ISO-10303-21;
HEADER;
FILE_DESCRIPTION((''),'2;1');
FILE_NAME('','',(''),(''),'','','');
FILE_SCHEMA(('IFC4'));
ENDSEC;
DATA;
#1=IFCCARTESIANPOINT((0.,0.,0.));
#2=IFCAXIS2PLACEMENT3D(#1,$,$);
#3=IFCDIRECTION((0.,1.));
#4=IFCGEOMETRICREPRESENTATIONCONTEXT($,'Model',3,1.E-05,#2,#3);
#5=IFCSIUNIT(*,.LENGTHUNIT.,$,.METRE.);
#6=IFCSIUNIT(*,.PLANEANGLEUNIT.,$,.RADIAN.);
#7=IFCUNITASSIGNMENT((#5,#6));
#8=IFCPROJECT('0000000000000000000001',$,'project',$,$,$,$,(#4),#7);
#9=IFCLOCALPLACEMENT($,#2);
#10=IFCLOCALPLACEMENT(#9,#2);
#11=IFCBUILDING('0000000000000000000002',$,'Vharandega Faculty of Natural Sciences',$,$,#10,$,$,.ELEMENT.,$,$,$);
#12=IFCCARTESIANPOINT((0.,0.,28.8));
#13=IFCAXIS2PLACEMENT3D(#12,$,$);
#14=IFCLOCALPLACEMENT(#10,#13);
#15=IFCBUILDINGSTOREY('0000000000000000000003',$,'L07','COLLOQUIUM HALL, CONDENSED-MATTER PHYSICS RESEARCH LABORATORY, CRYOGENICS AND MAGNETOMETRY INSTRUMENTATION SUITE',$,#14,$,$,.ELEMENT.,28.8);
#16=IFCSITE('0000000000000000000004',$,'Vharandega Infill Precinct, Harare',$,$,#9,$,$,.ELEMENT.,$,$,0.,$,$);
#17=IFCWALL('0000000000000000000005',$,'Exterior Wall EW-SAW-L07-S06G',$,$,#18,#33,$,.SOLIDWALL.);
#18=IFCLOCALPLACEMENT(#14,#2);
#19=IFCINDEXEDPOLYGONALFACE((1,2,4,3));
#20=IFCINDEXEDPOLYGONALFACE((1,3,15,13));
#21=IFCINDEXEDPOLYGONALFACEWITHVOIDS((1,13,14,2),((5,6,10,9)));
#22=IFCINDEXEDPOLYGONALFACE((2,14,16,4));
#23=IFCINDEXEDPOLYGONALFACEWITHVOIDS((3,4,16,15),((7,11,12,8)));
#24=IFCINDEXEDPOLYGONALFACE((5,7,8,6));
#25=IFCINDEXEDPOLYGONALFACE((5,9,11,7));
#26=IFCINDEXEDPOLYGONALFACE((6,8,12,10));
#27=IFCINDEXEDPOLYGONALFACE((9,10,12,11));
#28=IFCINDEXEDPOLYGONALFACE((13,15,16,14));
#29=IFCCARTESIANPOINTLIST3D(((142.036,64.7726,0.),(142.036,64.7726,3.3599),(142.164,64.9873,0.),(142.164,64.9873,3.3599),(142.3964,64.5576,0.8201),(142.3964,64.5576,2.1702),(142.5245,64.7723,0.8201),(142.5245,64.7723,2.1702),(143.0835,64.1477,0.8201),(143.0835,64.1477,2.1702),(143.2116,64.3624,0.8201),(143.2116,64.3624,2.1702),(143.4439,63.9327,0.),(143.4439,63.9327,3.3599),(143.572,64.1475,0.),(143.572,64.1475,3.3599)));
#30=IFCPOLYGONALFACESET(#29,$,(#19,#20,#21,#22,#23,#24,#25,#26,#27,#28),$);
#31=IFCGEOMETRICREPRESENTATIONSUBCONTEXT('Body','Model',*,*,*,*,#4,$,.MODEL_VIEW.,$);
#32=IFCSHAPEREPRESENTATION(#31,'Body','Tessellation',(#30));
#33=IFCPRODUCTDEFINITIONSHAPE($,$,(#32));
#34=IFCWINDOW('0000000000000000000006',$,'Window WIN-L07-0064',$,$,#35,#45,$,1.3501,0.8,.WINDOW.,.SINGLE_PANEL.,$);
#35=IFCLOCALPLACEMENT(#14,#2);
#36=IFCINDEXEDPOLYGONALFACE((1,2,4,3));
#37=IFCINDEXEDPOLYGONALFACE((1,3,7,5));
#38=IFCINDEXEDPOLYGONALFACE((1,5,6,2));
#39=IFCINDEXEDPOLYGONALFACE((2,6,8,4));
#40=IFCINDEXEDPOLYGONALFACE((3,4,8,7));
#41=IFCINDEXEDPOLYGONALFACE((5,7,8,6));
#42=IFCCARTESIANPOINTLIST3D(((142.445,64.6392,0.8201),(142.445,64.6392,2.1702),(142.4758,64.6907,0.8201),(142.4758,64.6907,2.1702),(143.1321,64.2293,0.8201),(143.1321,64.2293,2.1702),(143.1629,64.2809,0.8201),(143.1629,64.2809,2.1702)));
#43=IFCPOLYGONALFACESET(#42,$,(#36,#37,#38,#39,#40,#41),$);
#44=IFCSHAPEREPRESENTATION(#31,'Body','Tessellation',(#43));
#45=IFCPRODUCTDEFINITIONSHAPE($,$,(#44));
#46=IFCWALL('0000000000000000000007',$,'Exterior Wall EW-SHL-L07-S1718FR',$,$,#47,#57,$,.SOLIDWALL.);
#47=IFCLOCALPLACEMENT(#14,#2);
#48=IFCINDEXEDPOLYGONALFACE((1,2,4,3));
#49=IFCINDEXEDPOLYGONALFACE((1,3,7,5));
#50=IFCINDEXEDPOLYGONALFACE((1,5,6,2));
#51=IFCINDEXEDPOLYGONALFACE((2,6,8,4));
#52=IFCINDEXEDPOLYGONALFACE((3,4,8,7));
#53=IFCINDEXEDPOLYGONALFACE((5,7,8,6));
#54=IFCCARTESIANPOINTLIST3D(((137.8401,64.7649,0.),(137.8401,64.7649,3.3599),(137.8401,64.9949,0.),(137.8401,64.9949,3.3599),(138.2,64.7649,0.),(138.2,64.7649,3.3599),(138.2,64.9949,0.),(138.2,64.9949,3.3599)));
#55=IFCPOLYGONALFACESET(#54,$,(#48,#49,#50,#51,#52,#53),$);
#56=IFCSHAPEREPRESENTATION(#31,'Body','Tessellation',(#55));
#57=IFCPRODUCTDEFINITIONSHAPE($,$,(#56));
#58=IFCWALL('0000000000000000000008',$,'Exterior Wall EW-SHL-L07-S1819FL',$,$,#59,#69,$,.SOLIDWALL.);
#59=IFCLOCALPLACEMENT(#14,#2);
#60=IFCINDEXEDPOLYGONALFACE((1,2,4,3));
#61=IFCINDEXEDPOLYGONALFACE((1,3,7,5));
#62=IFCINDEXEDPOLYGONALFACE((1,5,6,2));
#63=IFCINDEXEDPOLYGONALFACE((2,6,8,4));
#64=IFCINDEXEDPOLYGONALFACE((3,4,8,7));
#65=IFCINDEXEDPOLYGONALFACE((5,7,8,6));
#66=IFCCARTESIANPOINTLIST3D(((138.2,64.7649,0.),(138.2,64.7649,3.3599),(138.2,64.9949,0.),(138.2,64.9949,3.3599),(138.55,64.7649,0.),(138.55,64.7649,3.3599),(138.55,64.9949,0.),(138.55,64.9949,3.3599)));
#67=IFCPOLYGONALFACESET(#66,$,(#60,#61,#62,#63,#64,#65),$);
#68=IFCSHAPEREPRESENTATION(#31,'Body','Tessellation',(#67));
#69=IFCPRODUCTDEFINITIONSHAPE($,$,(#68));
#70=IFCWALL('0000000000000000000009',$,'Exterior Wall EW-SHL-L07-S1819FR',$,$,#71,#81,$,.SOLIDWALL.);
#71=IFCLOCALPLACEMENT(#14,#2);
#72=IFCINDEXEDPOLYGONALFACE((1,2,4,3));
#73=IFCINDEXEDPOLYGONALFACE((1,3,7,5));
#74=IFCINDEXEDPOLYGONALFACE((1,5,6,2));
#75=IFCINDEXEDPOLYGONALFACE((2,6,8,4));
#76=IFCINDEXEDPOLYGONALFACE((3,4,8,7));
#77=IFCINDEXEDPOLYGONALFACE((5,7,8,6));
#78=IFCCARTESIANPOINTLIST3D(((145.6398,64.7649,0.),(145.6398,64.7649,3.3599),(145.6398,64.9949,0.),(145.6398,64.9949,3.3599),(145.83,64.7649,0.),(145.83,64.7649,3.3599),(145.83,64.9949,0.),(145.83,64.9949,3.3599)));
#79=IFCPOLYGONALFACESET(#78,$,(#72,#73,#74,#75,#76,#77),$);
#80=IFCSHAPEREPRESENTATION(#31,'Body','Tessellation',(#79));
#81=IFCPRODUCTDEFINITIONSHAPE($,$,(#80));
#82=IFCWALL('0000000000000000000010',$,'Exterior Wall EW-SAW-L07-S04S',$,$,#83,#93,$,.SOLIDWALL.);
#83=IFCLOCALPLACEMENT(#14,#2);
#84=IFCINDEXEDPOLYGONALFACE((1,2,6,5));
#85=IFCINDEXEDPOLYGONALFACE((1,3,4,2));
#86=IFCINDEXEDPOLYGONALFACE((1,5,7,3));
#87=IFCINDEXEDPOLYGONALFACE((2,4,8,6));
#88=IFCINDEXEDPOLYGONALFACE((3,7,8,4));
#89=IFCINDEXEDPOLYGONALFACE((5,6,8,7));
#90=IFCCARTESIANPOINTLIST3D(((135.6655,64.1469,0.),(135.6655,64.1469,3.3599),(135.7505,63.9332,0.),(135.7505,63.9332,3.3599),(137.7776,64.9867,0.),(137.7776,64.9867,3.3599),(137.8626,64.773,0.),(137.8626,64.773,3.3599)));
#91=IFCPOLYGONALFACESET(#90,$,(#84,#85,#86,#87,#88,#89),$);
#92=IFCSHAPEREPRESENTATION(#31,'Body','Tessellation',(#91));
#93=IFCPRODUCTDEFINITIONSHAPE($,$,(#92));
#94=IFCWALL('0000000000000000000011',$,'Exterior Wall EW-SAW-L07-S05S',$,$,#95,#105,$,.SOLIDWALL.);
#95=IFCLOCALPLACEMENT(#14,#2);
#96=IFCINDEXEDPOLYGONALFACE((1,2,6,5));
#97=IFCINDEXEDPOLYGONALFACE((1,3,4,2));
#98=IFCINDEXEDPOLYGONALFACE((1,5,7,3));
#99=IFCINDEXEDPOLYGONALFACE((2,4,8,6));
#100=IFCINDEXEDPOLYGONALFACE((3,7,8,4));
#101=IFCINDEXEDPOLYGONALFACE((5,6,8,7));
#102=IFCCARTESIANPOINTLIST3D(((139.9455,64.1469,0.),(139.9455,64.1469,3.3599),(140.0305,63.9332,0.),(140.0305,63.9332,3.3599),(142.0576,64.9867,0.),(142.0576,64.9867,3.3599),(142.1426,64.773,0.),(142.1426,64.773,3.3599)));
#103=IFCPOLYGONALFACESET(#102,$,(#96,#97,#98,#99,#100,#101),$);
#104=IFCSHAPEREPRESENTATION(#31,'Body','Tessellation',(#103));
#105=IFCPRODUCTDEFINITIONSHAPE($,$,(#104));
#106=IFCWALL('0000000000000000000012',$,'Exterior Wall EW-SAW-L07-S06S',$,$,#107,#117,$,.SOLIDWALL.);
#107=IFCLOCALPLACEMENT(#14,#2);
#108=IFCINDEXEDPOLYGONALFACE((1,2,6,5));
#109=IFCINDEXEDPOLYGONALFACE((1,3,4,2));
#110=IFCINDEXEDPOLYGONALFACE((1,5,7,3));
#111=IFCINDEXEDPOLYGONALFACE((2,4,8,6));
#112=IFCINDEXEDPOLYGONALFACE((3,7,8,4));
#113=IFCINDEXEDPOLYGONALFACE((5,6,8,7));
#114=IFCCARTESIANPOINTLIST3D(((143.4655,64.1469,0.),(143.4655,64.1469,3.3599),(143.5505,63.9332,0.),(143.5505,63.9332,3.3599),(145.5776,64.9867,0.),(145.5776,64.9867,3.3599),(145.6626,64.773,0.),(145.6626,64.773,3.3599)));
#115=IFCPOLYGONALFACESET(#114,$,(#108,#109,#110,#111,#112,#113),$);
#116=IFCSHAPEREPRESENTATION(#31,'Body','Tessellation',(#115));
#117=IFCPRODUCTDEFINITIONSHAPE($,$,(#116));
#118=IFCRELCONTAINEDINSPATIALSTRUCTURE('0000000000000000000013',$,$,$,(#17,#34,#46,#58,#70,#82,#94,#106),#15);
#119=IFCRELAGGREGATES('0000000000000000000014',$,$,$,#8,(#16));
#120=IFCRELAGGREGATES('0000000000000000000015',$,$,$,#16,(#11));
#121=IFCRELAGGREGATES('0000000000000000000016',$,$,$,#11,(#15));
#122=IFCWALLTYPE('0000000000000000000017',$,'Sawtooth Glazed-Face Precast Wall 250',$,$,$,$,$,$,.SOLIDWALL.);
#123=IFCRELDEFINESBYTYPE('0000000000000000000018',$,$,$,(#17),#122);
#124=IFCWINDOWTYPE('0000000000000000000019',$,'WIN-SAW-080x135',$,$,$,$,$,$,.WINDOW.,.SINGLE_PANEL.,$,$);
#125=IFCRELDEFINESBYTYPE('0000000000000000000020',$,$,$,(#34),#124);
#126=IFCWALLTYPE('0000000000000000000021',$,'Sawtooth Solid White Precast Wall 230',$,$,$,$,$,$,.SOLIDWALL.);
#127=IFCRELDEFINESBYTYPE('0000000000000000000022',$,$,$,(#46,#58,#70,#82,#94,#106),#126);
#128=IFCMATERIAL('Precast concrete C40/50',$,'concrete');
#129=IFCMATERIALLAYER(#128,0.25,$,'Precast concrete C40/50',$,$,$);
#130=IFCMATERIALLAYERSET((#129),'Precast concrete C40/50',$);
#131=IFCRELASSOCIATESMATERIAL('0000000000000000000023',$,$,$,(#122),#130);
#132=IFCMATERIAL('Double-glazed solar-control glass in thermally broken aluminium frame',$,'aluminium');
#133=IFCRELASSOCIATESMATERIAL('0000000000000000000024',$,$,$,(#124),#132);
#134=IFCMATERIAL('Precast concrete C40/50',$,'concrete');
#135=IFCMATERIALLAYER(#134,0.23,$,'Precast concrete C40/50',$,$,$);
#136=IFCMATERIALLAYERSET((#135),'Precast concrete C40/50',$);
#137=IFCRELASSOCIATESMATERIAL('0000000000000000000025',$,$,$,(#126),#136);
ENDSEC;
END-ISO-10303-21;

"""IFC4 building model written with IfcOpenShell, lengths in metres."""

from ifc_helpers import new_model, si_unit, direction, frame, frame_2d, origin, place, context, subcontext, project, spatial, rectangle, extrude, material, layer, layer_set, type_object, element, fill, save


model = new_model("IFC4")

# Units and contexts
model_context = context("Model", 3, precision=1e-05, world=origin(), true_north=direction((0.0, 1.0)))
body_context = subcontext(model_context, "Body", "Model", "MODEL_VIEW")
ifc_project = project(units=[si_unit("LENGTHUNIT", "METRE"), si_unit("PLANEANGLEUNIT", "RADIAN")], contexts=[model_context])

# Site, building, storey
site_placement = place(None, origin())
site = spatial("IfcSite", under=ifc_project, at=site_placement, Name="Vharandega Infill Precinct, Harare", CompositionType="ELEMENT", RefElevation=0.0)
building_placement = place(site_placement, origin())
building = spatial("IfcBuilding", under=site, at=building_placement, Name="Vharandega Faculty of Natural Sciences", CompositionType="ELEMENT")
storey_placement = place(building_placement, frame((0.0, 0.0, 28.8)))
storey = spatial("IfcBuildingStorey", under=building, at=storey_placement, Name="L07", Description="COLLOQUIUM HALL, CONDENSED-MATTER PHYSICS RESEARCH LABORATORY, CRYOGENICS AND MAGNETOMETRY INSTRUMENTATION SUITE", CompositionType="ELEMENT", Elevation=28.8)

# Wall, opening, window
ifc_material_1 = material(Name="Precast concrete C40/50", Category="concrete")
ifc_layer_1 = layer(ifc_material_1, 0.25, Name="Precast concrete C40/50")
ifc_layer_set_1 = layer_set([ifc_layer_1], Name="Precast concrete C40/50")
wall_type_1 = type_object("IfcWallType", Name="Sawtooth Glazed-Face Precast Wall 250", PredefinedType="SOLIDWALL", material=ifc_layer_set_1)
wall_1_placement = place(storey_placement, frame((143.5081, 64.04, 0.0), z_axis=(0.0, 0.0, 1.0), x_axis=(-0.858817, 0.512282, 0.0)))
wall_1 = element("IfcWall", 1, at=wall_1_placement, inside=storey, type_object=wall_type_1, Name="Exterior Wall EW-SAW-L07-S06G", PredefinedType="SOLIDWALL", context=body_context, shape_type="SweptSolid", body=[
    extrude(rectangle(XDim=1.6394, YDim=0.25, at=frame_2d((0.8198, 0.0))), origin(), (0.0, 0.0, 1.0), 3.3599),
])
opening_1_placement = place(wall_1_placement, frame((0.4199, 0.0, 0.8201)))
opening_1 = element("IfcOpeningElement", 2, at=opening_1_placement, cuts=wall_1, PredefinedType="OPENING", context=body_context, shape_type="SweptSolid", body=[
    extrude(rectangle(XDim=0.8, YDim=1.3501, at=frame_2d((0.3999, 0.675))), frame((0.0, 0.135, 0.0), z_axis=(0.0, -1.0, 0.0), x_axis=(1.0, 0.0, 0.0)), (0.0, 0.0, 1.0), 0.27),
])
ifc_material_2 = material(Name="Double-glazed solar-control glass in thermally broken aluminium frame", Category="aluminium")
window_type_1 = type_object("IfcWindowType", Name="WIN-SAW-080x135", PartitioningType="SINGLE_PANEL", PredefinedType="WINDOW", material=ifc_material_2)
window_1_placement = place(opening_1_placement, origin())
window_1 = element("IfcWindow", 3, at=window_1_placement, inside=storey, type_object=window_type_1, Name="Window WIN-L07-0064", OverallHeight=1.3501, OverallWidth=0.8, PartitioningType="SINGLE_PANEL", PredefinedType="WINDOW", context=body_context, shape_type="SweptSolid", body=[
    extrude(rectangle(XDim=0.8, YDim=1.3501, at=frame_2d((0.3999, 0.675))), frame((0.0, 0.03, 0.0), z_axis=(0.0, -1.0, 0.0), x_axis=(1.0, 0.0, 0.0)), (0.0, 0.0, 1.0), 0.0601),
])
fill(opening_1, window_1)

# Walls
ifc_material_3 = material(Name="Precast concrete C40/50", Category="concrete")
ifc_layer_2 = layer(ifc_material_3, 0.23, Name="Precast concrete C40/50")
ifc_layer_set_2 = layer_set([ifc_layer_2], Name="Precast concrete C40/50")
wall_type_2 = type_object("IfcWallType", Name="Sawtooth Solid White Precast Wall 230", PredefinedType="SOLIDWALL", material=ifc_layer_set_2)
wall_2_placement = place(storey_placement, frame((138.2, 64.8799, 0.0), z_axis=(0.0, 0.0, 1.0), x_axis=(-1.0, 0.0, 0.0)))
element("IfcWall", 4, at=wall_2_placement, inside=storey, type_object=wall_type_2, Name="Exterior Wall EW-SHL-L07-S1718FR", PredefinedType="SOLIDWALL", context=body_context, shape_type="SweptSolid", body=[
    extrude(rectangle(XDim=0.3599, YDim=0.23, at=frame_2d((0.1799, 0.0))), origin(), (0.0, 0.0, 1.0), 3.3599),
])
wall_3_placement = place(storey_placement, frame((138.55, 64.8799, 0.0), z_axis=(0.0, 0.0, 1.0), x_axis=(-1.0, 0.0, 0.0)))
element("IfcWall", 5, at=wall_3_placement, inside=storey, type_object=wall_type_2, Name="Exterior Wall EW-SHL-L07-S1819FL", PredefinedType="SOLIDWALL", context=body_context, shape_type="SweptSolid", body=[
    extrude(rectangle(XDim=0.3501, YDim=0.23, at=frame_2d((0.175, 0.0))), origin(), (0.0, 0.0, 1.0), 3.3599),
])
wall_4_placement = place(storey_placement, frame((145.8301, 64.8799, 0.0), z_axis=(0.0, 0.0, 1.0), x_axis=(-1.0, 0.0, 0.0)))
element("IfcWall", 6, at=wall_4_placement, inside=storey, type_object=wall_type_2, Name="Exterior Wall EW-SHL-L07-S1819FR", PredefinedType="SOLIDWALL", context=body_context, shape_type="SweptSolid", body=[
    extrude(rectangle(XDim=0.1902, YDim=0.23, at=frame_2d((0.0952, 0.0))), origin(), (0.0, 0.0, 1.0), 3.3599),
])
for number, where, z_axis, x_axis, name in (
    (7, (137.8201, 64.8799, 0.0), (0.0, 0.0, 1.0), (-0.92923, -0.369501, 0.0), "Exterior Wall EW-SAW-L07-S04S"),
    (8, (142.1001, 64.8799, 0.0), (0.0, 0.0, 1.0), (-0.92923, -0.369501, 0.0), "Exterior Wall EW-SAW-L07-S05S"),
    (9, (145.6201, 64.8799, 0.0), (0.0, 0.0, 1.0), (-0.92923, -0.369501, 0.0), "Exterior Wall EW-SAW-L07-S06S"),
):
    element("IfcWall", number, at=place(storey_placement, frame(where, z_axis=z_axis, x_axis=x_axis)), inside=storey, type_object=wall_type_2, Name=name, PredefinedType="SOLIDWALL", context=body_context, shape_type="SweptSolid", body=[
        extrude(rectangle(XDim=2.2729, YDim=0.23, at=frame_2d((1.1365, 0.0))), origin(), (0.0, 0.0, 1.0), 3.3599),
    ])

save(model, "model.ifc")
